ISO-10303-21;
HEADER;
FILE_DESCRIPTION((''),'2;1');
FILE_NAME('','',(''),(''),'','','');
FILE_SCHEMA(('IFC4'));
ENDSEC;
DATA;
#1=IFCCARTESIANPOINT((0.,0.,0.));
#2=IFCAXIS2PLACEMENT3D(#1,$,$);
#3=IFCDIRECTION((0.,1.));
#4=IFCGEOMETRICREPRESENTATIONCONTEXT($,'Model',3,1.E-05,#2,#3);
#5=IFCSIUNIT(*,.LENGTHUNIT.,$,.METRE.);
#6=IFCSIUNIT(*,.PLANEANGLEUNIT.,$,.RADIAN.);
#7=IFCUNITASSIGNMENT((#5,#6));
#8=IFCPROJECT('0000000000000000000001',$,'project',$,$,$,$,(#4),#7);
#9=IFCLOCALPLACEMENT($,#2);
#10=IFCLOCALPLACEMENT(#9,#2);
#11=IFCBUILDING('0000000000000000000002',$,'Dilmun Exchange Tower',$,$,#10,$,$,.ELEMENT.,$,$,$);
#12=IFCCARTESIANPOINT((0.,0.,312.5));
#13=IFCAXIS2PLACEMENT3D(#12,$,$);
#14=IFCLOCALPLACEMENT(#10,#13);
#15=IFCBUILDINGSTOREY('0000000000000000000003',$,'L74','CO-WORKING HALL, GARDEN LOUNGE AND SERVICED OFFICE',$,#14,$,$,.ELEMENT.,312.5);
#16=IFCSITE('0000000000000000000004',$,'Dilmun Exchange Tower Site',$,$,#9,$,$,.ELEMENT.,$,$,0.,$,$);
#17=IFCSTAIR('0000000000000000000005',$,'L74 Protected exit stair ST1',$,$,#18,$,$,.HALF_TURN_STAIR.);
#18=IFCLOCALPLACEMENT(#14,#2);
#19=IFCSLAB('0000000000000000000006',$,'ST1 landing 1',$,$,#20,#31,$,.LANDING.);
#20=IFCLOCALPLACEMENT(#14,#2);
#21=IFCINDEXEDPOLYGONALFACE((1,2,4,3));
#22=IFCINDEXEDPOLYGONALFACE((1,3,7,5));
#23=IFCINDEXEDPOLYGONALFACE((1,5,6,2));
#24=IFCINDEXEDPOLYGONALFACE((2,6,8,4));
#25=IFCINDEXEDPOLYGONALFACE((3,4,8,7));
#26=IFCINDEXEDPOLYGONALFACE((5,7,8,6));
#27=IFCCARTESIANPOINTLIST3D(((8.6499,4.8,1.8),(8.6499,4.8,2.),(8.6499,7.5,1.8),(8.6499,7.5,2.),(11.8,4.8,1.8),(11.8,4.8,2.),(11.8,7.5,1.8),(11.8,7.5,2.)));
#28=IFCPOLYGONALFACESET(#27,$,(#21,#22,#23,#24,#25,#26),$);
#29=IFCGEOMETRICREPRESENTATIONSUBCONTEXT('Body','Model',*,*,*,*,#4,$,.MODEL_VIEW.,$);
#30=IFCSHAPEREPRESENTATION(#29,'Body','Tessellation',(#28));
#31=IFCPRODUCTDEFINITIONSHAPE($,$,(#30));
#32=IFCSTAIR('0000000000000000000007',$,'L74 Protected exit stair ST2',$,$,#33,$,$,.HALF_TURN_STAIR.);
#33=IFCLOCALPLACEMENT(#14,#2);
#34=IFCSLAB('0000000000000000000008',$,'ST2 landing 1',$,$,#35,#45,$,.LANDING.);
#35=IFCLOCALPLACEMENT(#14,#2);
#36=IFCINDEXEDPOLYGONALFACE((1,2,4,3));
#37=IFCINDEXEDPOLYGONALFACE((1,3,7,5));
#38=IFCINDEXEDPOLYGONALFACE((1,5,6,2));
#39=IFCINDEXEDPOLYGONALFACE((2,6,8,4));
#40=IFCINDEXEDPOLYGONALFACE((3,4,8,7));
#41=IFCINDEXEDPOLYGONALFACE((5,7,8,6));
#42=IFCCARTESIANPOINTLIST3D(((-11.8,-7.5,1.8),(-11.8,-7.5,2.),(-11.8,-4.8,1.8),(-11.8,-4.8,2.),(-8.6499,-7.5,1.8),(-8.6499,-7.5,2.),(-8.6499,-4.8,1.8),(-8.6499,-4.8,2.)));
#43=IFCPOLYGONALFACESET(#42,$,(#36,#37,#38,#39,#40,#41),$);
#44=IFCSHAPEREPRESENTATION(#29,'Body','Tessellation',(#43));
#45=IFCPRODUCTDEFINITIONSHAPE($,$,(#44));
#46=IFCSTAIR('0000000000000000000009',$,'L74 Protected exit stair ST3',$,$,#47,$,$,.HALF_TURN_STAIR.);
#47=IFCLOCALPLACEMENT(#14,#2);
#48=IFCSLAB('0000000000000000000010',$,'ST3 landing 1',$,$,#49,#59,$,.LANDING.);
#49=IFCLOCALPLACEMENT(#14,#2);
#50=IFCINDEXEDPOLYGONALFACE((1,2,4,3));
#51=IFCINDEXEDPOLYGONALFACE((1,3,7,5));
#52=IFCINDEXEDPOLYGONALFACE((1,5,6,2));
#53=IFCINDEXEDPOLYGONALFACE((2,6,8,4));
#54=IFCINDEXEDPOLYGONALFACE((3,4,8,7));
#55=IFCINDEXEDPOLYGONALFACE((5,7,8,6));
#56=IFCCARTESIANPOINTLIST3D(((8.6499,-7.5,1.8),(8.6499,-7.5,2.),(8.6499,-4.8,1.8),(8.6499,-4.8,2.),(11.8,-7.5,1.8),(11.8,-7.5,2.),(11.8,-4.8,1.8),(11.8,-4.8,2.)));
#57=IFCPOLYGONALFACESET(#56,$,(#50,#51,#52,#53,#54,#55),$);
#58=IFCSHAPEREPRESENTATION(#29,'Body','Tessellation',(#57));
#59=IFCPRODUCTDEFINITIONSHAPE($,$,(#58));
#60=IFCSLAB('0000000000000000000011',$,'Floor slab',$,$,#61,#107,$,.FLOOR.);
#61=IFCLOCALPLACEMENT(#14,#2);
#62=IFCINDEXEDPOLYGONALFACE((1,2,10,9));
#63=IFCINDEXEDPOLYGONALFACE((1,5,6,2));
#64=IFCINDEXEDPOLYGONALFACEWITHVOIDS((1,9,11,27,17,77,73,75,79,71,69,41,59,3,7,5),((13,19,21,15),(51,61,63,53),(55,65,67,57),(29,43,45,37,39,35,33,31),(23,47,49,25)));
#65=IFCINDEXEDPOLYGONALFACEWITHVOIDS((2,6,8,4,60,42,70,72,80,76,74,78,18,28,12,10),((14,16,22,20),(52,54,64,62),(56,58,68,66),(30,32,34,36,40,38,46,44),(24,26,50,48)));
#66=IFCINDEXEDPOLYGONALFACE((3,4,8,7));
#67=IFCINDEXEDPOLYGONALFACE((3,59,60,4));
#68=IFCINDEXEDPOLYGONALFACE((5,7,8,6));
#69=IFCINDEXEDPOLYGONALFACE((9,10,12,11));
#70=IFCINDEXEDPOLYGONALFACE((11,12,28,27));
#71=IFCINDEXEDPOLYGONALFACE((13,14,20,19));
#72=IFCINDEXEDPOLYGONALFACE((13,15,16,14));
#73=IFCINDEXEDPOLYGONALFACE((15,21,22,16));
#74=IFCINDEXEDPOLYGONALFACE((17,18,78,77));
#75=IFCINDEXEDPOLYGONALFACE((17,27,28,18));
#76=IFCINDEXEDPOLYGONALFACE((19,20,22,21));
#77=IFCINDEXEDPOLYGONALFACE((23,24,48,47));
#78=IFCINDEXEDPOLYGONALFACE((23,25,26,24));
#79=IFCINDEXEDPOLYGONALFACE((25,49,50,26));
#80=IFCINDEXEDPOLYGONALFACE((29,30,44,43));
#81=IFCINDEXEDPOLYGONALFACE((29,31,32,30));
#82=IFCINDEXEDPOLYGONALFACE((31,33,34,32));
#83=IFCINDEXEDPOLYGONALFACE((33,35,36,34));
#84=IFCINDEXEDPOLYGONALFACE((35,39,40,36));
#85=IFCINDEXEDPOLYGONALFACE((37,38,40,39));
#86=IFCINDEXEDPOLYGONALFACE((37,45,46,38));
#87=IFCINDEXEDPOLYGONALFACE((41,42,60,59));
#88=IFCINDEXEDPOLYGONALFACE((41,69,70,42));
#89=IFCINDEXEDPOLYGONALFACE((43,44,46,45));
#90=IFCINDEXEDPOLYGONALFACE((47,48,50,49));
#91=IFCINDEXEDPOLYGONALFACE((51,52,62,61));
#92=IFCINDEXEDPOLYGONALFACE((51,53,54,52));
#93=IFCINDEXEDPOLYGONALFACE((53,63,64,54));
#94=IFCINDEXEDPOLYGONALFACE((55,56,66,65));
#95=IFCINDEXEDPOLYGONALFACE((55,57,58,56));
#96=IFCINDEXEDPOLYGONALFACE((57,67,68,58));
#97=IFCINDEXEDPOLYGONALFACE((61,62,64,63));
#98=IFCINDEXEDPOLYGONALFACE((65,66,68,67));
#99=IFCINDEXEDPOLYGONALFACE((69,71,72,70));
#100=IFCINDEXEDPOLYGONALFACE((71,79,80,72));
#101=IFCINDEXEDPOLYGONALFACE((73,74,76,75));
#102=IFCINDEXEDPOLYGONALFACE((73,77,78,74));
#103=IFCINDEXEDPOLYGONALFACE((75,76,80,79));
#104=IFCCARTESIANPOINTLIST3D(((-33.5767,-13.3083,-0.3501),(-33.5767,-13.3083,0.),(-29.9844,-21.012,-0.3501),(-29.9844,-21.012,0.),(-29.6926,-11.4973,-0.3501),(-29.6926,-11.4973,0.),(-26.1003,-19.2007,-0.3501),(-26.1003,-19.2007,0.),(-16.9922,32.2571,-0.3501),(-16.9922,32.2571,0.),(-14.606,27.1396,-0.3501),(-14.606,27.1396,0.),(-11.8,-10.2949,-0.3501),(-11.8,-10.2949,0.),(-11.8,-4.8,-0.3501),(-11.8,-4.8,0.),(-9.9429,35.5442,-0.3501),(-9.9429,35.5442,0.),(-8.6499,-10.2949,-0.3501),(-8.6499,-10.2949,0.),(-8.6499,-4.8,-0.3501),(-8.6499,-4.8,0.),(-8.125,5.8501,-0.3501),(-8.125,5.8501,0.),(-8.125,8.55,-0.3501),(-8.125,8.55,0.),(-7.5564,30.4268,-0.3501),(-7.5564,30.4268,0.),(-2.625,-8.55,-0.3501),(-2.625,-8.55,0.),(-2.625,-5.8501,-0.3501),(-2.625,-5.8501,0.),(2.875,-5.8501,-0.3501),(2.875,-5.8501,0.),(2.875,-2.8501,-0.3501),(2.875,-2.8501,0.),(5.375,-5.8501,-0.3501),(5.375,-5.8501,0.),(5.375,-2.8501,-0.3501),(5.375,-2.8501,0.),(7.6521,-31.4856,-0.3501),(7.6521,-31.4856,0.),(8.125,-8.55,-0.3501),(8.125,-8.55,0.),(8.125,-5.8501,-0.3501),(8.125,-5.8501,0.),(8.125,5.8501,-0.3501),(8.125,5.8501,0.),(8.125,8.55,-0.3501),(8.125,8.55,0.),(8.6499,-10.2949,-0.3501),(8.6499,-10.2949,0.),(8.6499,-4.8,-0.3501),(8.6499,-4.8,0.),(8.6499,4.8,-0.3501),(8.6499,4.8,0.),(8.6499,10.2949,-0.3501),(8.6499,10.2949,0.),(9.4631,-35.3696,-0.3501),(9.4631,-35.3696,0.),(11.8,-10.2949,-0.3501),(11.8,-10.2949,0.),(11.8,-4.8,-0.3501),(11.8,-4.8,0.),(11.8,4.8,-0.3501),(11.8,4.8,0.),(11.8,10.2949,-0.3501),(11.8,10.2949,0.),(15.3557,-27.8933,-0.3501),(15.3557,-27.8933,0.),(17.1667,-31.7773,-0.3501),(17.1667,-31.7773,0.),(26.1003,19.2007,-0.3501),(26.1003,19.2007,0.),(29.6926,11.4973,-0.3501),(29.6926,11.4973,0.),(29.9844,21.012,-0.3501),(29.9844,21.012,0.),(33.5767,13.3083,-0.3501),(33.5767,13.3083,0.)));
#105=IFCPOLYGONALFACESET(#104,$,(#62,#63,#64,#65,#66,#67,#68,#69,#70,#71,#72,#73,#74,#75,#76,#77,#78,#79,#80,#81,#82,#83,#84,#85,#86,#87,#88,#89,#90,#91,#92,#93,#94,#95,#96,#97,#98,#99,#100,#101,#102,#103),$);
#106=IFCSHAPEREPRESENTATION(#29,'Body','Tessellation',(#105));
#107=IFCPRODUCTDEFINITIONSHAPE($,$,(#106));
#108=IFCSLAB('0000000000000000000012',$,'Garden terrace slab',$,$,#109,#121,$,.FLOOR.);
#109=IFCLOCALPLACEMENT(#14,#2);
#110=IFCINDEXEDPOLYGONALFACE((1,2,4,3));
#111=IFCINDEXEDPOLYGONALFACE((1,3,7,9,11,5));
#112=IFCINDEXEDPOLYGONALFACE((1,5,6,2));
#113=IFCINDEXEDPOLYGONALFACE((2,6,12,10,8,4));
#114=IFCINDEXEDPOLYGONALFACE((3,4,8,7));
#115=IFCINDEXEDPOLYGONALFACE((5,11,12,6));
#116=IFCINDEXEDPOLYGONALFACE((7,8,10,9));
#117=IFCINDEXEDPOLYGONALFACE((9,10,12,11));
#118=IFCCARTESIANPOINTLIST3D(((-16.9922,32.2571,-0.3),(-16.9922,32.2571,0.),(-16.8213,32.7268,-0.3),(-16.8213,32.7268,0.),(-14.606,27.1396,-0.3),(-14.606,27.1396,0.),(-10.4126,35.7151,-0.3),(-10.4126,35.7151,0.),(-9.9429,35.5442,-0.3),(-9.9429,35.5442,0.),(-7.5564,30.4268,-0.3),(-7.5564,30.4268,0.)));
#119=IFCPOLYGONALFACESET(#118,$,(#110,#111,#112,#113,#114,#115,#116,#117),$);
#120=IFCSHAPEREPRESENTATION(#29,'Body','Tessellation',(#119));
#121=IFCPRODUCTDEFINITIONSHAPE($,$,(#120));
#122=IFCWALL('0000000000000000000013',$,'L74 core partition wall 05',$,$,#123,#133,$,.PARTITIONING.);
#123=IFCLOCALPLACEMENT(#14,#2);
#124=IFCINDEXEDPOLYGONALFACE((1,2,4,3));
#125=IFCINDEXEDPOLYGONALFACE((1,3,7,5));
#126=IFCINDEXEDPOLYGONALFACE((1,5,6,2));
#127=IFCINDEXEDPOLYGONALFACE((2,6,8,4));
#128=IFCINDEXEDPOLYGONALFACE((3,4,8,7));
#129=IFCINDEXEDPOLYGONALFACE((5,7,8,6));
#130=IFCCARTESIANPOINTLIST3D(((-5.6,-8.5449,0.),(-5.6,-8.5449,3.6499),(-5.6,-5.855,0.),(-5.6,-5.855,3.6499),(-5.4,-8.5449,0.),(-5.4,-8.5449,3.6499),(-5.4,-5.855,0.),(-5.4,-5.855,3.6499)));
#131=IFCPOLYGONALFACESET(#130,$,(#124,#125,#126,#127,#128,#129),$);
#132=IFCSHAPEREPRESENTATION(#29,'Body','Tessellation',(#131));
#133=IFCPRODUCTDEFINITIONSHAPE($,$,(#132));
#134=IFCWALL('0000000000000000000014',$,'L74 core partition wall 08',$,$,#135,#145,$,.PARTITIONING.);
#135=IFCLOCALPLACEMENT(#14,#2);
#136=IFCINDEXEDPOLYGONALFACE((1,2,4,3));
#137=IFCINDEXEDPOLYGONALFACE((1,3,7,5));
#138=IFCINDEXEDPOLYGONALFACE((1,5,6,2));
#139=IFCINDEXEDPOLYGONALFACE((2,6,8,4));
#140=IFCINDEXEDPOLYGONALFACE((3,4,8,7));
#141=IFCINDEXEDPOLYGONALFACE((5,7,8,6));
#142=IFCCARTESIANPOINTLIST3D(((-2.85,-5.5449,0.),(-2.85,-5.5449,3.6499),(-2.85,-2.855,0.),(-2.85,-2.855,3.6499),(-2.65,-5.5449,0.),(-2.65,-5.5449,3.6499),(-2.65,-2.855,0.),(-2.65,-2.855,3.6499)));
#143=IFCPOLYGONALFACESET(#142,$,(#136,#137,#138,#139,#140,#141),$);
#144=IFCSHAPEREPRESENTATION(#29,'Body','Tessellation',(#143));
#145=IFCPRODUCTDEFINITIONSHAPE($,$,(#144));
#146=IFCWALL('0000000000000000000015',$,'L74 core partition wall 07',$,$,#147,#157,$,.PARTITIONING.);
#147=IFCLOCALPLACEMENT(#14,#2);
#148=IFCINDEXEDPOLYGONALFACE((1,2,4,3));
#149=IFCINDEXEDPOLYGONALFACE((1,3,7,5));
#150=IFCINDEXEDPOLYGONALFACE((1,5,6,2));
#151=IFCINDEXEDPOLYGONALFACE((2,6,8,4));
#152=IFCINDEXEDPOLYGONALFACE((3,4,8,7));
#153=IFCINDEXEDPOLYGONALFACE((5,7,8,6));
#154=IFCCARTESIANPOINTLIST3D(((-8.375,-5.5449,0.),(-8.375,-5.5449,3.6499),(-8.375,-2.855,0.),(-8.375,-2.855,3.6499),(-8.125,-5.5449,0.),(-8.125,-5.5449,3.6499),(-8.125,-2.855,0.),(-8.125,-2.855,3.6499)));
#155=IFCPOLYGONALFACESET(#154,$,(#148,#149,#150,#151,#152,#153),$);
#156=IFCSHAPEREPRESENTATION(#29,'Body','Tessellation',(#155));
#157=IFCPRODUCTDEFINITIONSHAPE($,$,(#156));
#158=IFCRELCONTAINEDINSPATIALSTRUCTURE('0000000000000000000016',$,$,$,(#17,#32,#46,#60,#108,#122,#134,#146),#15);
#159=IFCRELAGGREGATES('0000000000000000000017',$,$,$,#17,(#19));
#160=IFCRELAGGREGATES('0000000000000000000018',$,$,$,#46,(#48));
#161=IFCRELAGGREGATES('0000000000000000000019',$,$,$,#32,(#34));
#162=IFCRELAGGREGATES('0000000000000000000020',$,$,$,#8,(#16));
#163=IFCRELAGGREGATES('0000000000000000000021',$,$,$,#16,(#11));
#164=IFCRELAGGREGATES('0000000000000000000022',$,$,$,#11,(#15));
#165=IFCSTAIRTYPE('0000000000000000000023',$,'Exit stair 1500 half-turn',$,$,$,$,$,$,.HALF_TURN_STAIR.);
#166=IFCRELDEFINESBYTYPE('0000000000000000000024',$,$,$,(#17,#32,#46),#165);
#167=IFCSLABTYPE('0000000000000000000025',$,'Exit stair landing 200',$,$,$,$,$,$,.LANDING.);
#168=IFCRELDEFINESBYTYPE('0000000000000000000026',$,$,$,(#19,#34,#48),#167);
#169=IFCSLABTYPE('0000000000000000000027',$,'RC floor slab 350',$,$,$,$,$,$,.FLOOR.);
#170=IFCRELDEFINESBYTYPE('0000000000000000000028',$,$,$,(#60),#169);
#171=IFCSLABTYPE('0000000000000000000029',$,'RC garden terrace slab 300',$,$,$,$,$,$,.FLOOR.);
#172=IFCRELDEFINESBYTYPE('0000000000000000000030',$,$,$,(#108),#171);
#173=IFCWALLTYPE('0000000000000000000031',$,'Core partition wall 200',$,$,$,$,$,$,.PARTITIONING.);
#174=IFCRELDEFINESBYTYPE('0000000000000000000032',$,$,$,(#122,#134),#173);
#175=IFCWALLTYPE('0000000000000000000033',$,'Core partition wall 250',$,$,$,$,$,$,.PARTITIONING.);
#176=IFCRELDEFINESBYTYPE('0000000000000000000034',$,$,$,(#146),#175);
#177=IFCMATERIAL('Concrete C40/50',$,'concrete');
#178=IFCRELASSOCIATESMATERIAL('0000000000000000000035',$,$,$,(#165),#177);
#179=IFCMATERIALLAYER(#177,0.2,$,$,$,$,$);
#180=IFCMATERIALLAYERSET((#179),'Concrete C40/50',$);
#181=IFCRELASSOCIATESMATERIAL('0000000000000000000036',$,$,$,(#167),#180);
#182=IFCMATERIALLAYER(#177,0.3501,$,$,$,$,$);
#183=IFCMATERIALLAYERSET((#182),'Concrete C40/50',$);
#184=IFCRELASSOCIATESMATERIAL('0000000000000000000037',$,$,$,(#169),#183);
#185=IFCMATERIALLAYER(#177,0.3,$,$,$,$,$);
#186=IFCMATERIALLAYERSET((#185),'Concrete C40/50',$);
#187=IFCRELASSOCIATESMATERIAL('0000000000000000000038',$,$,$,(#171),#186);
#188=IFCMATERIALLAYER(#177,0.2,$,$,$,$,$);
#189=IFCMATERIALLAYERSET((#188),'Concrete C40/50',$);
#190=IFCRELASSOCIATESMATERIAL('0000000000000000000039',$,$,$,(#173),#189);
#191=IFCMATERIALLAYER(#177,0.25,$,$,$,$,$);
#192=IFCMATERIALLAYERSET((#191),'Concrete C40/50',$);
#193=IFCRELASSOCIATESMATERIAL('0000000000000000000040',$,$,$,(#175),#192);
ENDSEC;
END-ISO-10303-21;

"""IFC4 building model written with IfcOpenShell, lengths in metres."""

from ifc_helpers import new_model, si_unit, direction, frame, frame_2d, origin, place, context, subcontext, project, spatial, polyline, rectangle, outline, extrude, material, layer, layer_set, type_object, element, aggregate, save


model = new_model("IFC4")

# Units and contexts
model_context = context("Model", 3, precision=1e-05, world=origin(), true_north=direction((0.0, 1.0)))
body_context = subcontext(model_context, "Body", "Model", "MODEL_VIEW")
ifc_project = project(units=[si_unit("LENGTHUNIT", "METRE"), si_unit("PLANEANGLEUNIT", "RADIAN")], contexts=[model_context])

# Site, building, storey
site_placement = place(None, origin())
site = spatial("IfcSite", under=ifc_project, at=site_placement, Name="Dilmun Exchange Tower Site", CompositionType="ELEMENT", RefElevation=0.0)
building_placement = place(site_placement, origin())
building = spatial("IfcBuilding", under=site, at=building_placement, Name="Dilmun Exchange Tower", CompositionType="ELEMENT")
storey_placement = place(building_placement, frame((0.0, 0.0, 312.5)))
storey = spatial("IfcBuildingStorey", under=building, at=storey_placement, Name="L74", Description="CO-WORKING HALL, GARDEN LOUNGE AND SERVICED OFFICE", CompositionType="ELEMENT", Elevation=312.5)

# Stairs, slabs
ifc_material_1 = material(Name="Concrete C40/50", Category="concrete")
stair_type = type_object("IfcStairType", Name="Exit stair 1500 half-turn", PredefinedType="HALF_TURN_STAIR", material=ifc_material_1)
stair_1_placement = place(storey_placement, origin())
stair_1 = element("IfcStair", 1, at=stair_1_placement, inside=storey, type_object=stair_type, Name="L74 Protected exit stair ST1", PredefinedType="HALF_TURN_STAIR")
ifc_layer_1 = layer(ifc_material_1, 0.2)
ifc_layer_set_1 = layer_set([ifc_layer_1], Name="Concrete C40/50")
slab_type_1 = type_object("IfcSlabType", Name="Exit stair landing 200", PredefinedType="LANDING", material=ifc_layer_set_1)
slab_1_placement = place(storey_placement, frame((0.0, 0.0, 1.8)))
slab_1 = element("IfcSlab", 2, at=slab_1_placement, type_object=slab_type_1, Name="ST1 landing 1", PredefinedType="LANDING", context=body_context, shape_type="SweptSolid", body=[
    extrude(outline(polyline([(8.6499, 7.5), (8.6499, 4.8), (11.8, 4.8), (11.8, 7.5), (8.6499, 7.5)])), origin(), (0.0, 0.0, 1.0), 0.2),
])
aggregate(stair_1, [slab_1])
stair_2_placement = place(storey_placement, origin())
stair_2 = element("IfcStair", 3, at=stair_2_placement, inside=storey, type_object=stair_type, Name="L74 Protected exit stair ST2", PredefinedType="HALF_TURN_STAIR")
slab_2_placement = place(storey_placement, frame((0.0, 0.0, 1.8)))
slab_2 = element("IfcSlab", 4, at=slab_2_placement, type_object=slab_type_1, Name="ST2 landing 1", PredefinedType="LANDING", context=body_context, shape_type="SweptSolid", body=[
    extrude(outline(polyline([(-8.6499, -7.5), (-8.6499, -4.8), (-11.8, -4.8), (-11.8, -7.5), (-8.6499, -7.5)])), origin(), (0.0, 0.0, 1.0), 0.2),
])
stair_3_placement = place(storey_placement, origin())
stair_3 = element("IfcStair", 5, at=stair_3_placement, inside=storey, type_object=stair_type, Name="L74 Protected exit stair ST3", PredefinedType="HALF_TURN_STAIR")
slab_3_placement = place(storey_placement, frame((0.0, 0.0, 1.8)))
slab_3 = element("IfcSlab", 6, at=slab_3_placement, type_object=slab_type_1, Name="ST3 landing 1", PredefinedType="LANDING", context=body_context, shape_type="SweptSolid", body=[
    extrude(outline(polyline([(11.8, -7.5), (11.8, -4.8), (8.6499, -4.8), (8.6499, -7.5), (11.8, -7.5)])), origin(), (0.0, 0.0, 1.0), 0.2),
])
aggregate(stair_3, [slab_3])

# Slabs
ifc_layer_2 = layer(ifc_material_1, 0.3501)
ifc_layer_set_2 = layer_set([ifc_layer_2], Name="Concrete C40/50")
slab_type_2 = type_object("IfcSlabType", Name="RC floor slab 350", PredefinedType="FLOOR", material=ifc_layer_set_2)
slab_4_placement = place(storey_placement, frame((0.0, 0.0, -0.3501)))
element("IfcSlab", 7, at=slab_4_placement, inside=storey, type_object=slab_type_2, Name="Floor slab", PredefinedType="FLOOR", context=body_context, shape_type="SweptSolid", body=[
    extrude(outline(polyline([(26.1003, 19.2007), (29.6926, 11.4973), (33.5767, 13.3083), (17.1667, -31.7773), (15.3557, -27.8933), (7.6521, -31.4856), (9.4631, -35.3696), (-29.9844, -21.012), (-26.1003, -19.2007), (-29.6926, -11.4973), (-33.5767, -13.3083), (-16.9922, 32.2571), (-14.606, 27.1396), (-7.5564, 30.4268), (-9.9429, 35.5442), (29.9844, 21.012), (26.1003, 19.2007)]), holes=[polyline([(-8.6499, -4.8), (-11.8, -4.8), (-11.8, -10.2949), (-8.6499, -10.2949), (-8.6499, -4.8)]), polyline([(11.8, -4.8), (8.6499, -4.8), (8.6499, -10.2949), (11.8, -10.2949), (11.8, -4.8)]), polyline([(2.875, -5.8501), (-2.625, -5.8501), (-2.625, -8.55), (8.125, -8.55), (8.125, -5.8501), (5.375, -5.8501), (5.375, -2.8501), (2.875, -2.8501), (2.875, -5.8501)]), polyline([(8.125, 5.8501), (8.125, 8.55), (-8.125, 8.55), (-8.125, 5.8501), (8.125, 5.8501)]), polyline([(8.6499, 10.2949), (8.6499, 4.8), (11.8, 4.8), (11.8, 10.2949), (8.6499, 10.2949)])]), origin(), (0.0, 0.0, 1.0), 0.3501),
])
ifc_layer_3 = layer(ifc_material_1, 0.3)
ifc_layer_set_3 = layer_set([ifc_layer_3], Name="Concrete C40/50")
slab_type_3 = type_object("IfcSlabType", Name="RC garden terrace slab 300", PredefinedType="FLOOR", material=ifc_layer_set_3)
slab_5_placement = place(storey_placement, frame((0.0, 0.0, -0.3)))
element("IfcSlab", 8, at=slab_5_placement, inside=storey, type_object=slab_type_3, Name="Garden terrace slab", PredefinedType="FLOOR", context=body_context, shape_type="SweptSolid", body=[
    extrude(outline(polyline([(-14.606, 27.1396), (-16.9922, 32.2571), (-16.8213, 32.7268), (-10.4126, 35.7151), (-9.9429, 35.5442), (-7.5564, 30.4268), (-14.606, 27.1396)])), origin(), (0.0, 0.0, 1.0), 0.3),
])

# Walls
ifc_layer_4 = layer(ifc_material_1, 0.2)
ifc_layer_set_4 = layer_set([ifc_layer_4], Name="Concrete C40/50")
wall_type_1 = type_object("IfcWallType", Name="Core partition wall 200", PredefinedType="PARTITIONING", material=ifc_layer_set_4)
for number, where, z_axis, x_axis, name in (
    (9, (-5.5, -8.5449, 0.0), (0.0, 0.0, 1.0), (0.0, 1.0, 0.0), "L74 core partition wall 05"),
    (10, (-2.75, -5.5449, 0.0), (0.0, 0.0, 1.0), (0.0, 1.0, 0.0), "L74 core partition wall 08"),
):
    element("IfcWall", number, at=place(storey_placement, frame(where, z_axis=z_axis, x_axis=x_axis)), inside=storey, type_object=wall_type_1, Name=name, PredefinedType="PARTITIONING", context=body_context, shape_type="SweptSolid", body=[
        extrude(rectangle(XDim=2.6899, YDim=0.2, at=frame_2d((1.345, 0.0))), origin(), (0.0, 0.0, 1.0), 3.6499),
    ])
ifc_layer_5 = layer(ifc_material_1, 0.25)
ifc_layer_set_5 = layer_set([ifc_layer_5], Name="Concrete C40/50")
wall_type_2 = type_object("IfcWallType", Name="Core partition wall 250", PredefinedType="PARTITIONING", material=ifc_layer_set_5)
wall_1_placement = place(storey_placement, frame((-8.25, -5.5449, 0.0), z_axis=(0.0, 0.0, 1.0), x_axis=(0.0, 1.0, 0.0)))
element("IfcWall", 11, at=wall_1_placement, inside=storey, type_object=wall_type_2, Name="L74 core partition wall 07", PredefinedType="PARTITIONING", context=body_context, shape_type="SweptSolid", body=[
    extrude(rectangle(XDim=2.6899, YDim=0.25, at=frame_2d((1.345, 0.0))), origin(), (0.0, 0.0, 1.0), 3.6499),
])

aggregate(stair_2, [slab_2])

save(model, "model.ifc")
